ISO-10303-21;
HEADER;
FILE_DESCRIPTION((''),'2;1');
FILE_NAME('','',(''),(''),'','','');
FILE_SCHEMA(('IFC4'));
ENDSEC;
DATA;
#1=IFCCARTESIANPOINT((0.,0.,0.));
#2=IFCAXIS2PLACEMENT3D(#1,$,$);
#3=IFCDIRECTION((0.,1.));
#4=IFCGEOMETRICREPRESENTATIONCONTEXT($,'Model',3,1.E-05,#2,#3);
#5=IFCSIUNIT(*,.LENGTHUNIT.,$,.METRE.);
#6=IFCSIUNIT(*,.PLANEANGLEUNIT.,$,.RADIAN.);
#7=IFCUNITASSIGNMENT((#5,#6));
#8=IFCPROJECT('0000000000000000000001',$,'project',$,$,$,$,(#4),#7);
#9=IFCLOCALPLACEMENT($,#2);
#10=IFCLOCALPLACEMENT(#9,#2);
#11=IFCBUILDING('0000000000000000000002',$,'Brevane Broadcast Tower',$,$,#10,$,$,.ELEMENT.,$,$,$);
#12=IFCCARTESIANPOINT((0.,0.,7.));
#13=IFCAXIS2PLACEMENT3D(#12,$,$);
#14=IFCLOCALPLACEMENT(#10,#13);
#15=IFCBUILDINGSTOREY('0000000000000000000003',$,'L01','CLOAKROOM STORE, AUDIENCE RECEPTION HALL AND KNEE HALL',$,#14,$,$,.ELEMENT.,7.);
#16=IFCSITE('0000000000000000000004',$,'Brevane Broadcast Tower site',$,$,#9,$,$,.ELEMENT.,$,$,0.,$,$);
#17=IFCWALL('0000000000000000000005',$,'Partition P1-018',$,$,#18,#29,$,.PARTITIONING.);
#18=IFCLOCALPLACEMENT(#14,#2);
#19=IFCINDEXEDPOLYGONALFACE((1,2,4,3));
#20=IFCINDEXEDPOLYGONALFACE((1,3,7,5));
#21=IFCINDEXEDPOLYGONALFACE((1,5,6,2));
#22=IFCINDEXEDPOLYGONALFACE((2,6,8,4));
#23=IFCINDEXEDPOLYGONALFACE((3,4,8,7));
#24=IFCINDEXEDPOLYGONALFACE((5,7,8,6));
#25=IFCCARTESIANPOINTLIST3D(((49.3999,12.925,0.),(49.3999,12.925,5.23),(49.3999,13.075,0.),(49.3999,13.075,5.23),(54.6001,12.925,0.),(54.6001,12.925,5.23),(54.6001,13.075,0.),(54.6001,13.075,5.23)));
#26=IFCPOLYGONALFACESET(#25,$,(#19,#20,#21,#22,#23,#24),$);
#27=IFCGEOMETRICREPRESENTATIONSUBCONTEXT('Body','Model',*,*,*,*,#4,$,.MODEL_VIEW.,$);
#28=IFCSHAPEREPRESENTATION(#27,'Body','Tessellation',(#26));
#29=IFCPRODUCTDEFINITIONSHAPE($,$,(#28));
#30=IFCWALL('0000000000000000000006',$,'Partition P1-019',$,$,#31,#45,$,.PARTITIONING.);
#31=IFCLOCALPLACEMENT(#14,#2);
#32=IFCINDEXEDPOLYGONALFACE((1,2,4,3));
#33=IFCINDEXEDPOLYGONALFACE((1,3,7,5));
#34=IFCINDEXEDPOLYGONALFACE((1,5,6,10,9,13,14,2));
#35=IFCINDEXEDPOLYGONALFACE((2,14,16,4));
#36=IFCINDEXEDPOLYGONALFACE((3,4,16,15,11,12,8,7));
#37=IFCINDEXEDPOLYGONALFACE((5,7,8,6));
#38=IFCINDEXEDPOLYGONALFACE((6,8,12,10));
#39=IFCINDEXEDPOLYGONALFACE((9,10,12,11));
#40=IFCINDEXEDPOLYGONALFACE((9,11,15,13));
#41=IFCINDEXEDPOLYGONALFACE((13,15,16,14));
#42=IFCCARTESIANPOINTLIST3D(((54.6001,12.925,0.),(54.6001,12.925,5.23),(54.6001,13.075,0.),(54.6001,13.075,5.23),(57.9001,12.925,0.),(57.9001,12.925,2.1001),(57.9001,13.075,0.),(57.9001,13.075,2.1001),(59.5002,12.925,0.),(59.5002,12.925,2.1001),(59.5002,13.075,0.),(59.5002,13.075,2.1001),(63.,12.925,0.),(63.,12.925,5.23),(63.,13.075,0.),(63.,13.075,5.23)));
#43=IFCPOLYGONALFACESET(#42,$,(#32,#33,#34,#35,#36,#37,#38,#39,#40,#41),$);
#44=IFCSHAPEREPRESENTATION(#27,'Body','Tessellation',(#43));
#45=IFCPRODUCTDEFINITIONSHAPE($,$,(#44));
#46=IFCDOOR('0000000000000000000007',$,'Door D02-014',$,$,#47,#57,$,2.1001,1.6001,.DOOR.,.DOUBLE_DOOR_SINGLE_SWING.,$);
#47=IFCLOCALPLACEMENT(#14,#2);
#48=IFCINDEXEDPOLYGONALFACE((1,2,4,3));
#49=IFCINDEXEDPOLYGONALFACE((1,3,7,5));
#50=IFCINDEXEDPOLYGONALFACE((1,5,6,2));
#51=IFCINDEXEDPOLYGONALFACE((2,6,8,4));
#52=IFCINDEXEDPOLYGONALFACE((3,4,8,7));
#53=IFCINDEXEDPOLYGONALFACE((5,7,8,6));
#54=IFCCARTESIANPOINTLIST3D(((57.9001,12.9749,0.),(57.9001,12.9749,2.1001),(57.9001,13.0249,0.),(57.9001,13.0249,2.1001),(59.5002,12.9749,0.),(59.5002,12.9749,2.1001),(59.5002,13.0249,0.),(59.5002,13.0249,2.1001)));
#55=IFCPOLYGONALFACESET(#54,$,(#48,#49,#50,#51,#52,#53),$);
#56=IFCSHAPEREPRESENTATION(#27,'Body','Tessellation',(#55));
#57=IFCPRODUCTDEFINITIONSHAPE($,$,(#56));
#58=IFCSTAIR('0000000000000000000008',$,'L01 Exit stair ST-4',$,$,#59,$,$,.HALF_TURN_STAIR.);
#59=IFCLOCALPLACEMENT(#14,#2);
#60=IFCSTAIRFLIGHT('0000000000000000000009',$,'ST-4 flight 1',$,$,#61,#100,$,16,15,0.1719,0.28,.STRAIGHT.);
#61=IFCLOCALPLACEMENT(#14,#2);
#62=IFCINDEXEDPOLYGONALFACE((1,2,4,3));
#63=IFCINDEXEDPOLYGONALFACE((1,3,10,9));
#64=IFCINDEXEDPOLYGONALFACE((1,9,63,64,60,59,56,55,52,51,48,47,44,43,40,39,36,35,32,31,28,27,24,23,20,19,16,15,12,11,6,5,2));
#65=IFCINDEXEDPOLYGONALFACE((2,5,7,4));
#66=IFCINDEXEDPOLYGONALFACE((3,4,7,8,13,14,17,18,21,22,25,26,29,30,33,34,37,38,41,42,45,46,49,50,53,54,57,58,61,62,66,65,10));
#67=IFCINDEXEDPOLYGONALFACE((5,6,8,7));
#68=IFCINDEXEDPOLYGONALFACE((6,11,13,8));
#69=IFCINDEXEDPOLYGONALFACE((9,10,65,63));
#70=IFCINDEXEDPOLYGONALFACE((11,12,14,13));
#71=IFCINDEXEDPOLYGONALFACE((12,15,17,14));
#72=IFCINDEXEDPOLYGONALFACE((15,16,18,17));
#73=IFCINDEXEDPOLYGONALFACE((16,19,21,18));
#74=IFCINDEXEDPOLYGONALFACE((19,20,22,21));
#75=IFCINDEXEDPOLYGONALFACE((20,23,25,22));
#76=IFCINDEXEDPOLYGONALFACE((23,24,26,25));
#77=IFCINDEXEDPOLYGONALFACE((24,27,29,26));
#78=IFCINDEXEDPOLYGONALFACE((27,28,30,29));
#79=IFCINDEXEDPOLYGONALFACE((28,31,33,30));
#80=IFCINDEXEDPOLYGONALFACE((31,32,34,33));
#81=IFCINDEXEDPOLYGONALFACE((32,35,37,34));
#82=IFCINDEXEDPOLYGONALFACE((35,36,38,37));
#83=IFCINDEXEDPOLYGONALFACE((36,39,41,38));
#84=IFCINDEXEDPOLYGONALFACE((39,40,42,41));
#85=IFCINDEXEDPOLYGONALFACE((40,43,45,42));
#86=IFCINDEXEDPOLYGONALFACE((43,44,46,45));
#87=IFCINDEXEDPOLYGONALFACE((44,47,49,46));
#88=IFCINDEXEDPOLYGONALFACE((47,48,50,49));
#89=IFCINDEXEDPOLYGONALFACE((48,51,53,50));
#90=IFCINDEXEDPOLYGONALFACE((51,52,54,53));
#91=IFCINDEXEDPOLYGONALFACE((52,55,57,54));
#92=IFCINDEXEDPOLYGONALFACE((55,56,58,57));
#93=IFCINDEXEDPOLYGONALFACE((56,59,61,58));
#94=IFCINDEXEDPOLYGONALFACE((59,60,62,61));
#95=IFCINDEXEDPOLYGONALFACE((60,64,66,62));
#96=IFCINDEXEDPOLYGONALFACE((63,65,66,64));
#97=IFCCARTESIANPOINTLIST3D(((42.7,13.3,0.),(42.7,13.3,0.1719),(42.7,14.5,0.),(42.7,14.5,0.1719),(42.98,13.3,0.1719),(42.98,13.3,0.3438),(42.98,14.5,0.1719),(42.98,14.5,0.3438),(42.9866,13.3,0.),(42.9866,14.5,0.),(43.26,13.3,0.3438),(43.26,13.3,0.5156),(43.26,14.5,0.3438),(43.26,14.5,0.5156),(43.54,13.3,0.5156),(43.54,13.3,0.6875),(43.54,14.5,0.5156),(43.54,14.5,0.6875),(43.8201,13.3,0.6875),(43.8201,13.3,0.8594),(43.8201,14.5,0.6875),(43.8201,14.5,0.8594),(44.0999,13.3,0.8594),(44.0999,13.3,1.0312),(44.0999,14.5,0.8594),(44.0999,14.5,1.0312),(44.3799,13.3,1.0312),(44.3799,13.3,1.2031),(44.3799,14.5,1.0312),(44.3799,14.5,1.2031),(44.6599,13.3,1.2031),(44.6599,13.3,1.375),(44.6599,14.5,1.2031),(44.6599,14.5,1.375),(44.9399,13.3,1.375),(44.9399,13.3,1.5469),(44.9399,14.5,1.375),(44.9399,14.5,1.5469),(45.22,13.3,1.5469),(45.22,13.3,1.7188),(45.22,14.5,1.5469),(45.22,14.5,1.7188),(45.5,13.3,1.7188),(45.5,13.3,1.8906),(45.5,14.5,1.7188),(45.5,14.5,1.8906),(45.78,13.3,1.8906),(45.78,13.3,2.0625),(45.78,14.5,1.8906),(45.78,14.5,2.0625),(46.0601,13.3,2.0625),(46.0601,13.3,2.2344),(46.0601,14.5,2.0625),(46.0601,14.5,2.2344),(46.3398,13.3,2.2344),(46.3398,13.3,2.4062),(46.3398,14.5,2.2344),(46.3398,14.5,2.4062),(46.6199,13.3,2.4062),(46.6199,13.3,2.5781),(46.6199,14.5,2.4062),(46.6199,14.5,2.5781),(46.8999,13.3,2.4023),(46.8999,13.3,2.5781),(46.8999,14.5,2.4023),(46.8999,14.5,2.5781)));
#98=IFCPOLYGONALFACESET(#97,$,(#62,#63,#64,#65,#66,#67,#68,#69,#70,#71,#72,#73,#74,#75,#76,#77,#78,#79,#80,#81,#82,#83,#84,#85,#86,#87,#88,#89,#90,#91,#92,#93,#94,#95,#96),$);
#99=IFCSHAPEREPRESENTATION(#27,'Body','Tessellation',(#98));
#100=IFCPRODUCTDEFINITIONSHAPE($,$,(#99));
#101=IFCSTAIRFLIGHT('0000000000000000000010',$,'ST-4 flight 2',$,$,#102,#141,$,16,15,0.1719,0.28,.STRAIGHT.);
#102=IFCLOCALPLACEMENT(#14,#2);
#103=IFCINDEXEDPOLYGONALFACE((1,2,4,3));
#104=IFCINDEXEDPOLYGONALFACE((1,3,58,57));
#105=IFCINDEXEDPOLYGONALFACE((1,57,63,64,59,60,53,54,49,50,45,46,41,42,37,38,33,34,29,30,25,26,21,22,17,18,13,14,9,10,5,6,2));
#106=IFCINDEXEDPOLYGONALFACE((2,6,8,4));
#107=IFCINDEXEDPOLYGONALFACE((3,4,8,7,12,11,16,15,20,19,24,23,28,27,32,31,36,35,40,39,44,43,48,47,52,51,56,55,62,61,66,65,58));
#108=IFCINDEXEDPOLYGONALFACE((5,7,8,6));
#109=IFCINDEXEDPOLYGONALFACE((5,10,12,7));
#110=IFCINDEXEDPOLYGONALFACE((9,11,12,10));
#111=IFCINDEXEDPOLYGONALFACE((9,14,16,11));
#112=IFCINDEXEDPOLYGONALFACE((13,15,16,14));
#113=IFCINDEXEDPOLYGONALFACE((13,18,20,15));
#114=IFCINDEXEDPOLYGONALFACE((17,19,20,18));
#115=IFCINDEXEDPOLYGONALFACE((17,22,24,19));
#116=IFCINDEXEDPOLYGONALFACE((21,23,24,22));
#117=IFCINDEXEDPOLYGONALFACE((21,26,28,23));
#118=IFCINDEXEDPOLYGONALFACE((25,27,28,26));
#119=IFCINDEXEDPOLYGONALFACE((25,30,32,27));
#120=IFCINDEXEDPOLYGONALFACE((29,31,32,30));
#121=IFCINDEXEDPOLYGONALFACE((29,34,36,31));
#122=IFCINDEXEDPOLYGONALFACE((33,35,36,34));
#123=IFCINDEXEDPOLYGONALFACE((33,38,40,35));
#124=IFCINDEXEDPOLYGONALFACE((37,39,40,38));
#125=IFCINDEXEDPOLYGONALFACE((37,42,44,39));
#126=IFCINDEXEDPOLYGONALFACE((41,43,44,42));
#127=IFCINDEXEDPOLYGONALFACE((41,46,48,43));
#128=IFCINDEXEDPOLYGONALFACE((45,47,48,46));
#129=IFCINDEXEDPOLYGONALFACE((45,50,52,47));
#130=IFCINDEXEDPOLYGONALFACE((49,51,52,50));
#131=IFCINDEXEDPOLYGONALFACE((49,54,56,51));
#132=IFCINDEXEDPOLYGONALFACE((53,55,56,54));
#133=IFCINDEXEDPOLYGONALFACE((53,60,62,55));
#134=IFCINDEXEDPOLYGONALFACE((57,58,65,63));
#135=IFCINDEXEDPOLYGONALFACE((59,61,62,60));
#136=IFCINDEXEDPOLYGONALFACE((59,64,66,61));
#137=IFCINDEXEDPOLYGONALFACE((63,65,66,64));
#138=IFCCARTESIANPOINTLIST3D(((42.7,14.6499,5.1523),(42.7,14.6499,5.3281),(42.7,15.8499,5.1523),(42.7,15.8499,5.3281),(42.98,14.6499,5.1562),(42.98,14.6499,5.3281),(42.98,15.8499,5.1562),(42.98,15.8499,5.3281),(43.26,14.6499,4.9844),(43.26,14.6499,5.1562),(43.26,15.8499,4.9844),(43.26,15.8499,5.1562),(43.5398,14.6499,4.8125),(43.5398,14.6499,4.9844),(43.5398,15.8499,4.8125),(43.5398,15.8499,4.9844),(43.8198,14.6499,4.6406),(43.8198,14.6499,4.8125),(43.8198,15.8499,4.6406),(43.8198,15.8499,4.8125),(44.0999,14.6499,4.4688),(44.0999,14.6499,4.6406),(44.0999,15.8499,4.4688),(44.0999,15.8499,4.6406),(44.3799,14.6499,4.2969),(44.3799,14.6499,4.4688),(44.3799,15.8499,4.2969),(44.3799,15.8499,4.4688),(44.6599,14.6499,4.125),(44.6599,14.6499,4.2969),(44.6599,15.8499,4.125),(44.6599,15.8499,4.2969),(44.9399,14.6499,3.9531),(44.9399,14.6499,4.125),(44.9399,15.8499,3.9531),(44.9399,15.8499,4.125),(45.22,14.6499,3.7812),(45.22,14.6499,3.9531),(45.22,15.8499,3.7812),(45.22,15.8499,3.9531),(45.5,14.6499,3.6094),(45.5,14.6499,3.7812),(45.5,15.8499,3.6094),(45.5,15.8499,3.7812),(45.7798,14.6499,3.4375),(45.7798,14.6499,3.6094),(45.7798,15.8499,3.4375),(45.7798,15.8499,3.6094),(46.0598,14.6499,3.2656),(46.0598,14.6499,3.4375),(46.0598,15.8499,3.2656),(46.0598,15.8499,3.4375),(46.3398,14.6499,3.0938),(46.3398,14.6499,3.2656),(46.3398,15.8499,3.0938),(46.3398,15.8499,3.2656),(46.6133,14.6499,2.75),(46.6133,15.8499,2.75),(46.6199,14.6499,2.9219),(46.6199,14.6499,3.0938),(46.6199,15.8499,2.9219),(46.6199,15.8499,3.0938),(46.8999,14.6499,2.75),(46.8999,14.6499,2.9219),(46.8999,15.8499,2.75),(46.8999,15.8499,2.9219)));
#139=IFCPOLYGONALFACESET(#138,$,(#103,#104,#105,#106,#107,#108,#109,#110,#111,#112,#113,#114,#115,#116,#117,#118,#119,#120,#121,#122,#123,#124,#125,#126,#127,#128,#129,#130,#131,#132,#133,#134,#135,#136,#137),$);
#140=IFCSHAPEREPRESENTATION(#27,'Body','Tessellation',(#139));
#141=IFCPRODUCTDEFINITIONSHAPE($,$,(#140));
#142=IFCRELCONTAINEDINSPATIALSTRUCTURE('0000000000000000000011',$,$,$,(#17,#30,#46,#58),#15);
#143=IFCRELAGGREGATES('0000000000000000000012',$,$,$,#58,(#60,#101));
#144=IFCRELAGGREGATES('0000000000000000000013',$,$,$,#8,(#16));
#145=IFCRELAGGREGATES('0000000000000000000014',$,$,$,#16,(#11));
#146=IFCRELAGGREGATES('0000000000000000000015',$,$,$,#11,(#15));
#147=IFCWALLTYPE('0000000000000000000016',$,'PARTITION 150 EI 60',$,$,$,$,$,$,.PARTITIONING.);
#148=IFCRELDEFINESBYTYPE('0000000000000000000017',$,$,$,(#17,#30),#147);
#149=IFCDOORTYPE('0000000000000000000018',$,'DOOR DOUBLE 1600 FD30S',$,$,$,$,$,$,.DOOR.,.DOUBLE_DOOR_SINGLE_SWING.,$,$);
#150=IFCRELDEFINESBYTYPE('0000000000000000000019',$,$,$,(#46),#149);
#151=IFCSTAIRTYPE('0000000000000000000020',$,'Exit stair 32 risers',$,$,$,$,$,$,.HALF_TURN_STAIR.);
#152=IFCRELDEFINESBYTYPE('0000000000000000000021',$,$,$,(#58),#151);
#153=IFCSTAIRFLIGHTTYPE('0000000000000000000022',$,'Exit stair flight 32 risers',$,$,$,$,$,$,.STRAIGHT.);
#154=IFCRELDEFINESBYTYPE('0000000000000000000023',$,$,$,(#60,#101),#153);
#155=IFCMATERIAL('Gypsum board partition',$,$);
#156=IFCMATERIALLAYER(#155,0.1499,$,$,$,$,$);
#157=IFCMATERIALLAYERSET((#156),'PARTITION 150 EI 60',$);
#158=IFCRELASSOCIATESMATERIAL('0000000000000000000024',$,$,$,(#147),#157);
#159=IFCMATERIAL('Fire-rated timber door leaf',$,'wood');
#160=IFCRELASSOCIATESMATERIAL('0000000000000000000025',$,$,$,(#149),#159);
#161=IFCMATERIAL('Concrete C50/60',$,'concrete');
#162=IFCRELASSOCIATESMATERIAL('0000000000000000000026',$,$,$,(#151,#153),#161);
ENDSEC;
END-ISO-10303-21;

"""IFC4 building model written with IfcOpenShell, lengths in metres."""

from ifc_helpers import new_model, si_unit, direction, frame, frame_2d, origin, place, context, subcontext, project, spatial, polyline, rectangle, outline, extrude, material, layer, layer_set, type_object, element, fill, aggregate, save


model = new_model("IFC4")

# Units and contexts
model_context = context("Model", 3, precision=1e-05, world=origin(), true_north=direction((0.0, 1.0)))
body_context = subcontext(model_context, "Body", "Model", "MODEL_VIEW")
ifc_project = project(units=[si_unit("LENGTHUNIT", "METRE"), si_unit("PLANEANGLEUNIT", "RADIAN")], contexts=[model_context])

# Site, building, storey
site_placement = place(None, origin())
site = spatial("IfcSite", under=ifc_project, at=site_placement, Name="Brevane Broadcast Tower site", CompositionType="ELEMENT", RefElevation=0.0)
building_placement = place(site_placement, origin())
building = spatial("IfcBuilding", under=site, at=building_placement, Name="Brevane Broadcast Tower", CompositionType="ELEMENT")
storey_placement = place(building_placement, frame((0.0, 0.0, 7.0)))
storey = spatial("IfcBuildingStorey", under=building, at=storey_placement, Name="L01", Description="CLOAKROOM STORE, AUDIENCE RECEPTION HALL AND KNEE HALL", CompositionType="ELEMENT", Elevation=7.0)

# Shared definitions
ifc_material_1 = material(Name="Gypsum board partition")

# Shared definitions
ifc_layer_1 = layer(ifc_material_1, 0.1499)
ifc_layer_set_1 = layer_set([ifc_layer_1], Name="PARTITION 150 EI 60")
wall_type_1 = type_object("IfcWallType", Name="PARTITION 150 EI 60", PredefinedType="PARTITIONING", material=ifc_layer_set_1)
ifc_material_2 = material(Name="Fire-rated timber door leaf", Category="wood")

# Wall
wall_1_placement = place(storey_placement, frame((49.3999, 13.0, 0.0), z_axis=(0.0, 0.0, 1.0), x_axis=(1.0, 0.0, 0.0)))
element("IfcWall", 1, at=wall_1_placement, inside=storey, type_object=wall_type_1, Name="Partition P1-018", PredefinedType="PARTITIONING", context=body_context, shape_type="SweptSolid", body=[
    extrude(rectangle(XDim=5.2002, YDim=0.1499, at=frame_2d((2.6001, 0.0))), origin(), (0.0, 0.0, 1.0), 5.23),
])

# Wall, opening, door
wall_2_placement = place(storey_placement, frame((54.6001, 13.0, 0.0), z_axis=(0.0, 0.0, 1.0), x_axis=(1.0, 0.0, 0.0)))
wall_2 = element("IfcWall", 2, at=wall_2_placement, inside=storey, type_object=wall_type_1, Name="Partition P1-019", PredefinedType="PARTITIONING", context=body_context, shape_type="SweptSolid", body=[
    extrude(rectangle(XDim=8.3999, YDim=0.1499, at=frame_2d((4.2, 0.0))), origin(), (0.0, 0.0, 1.0), 5.23),
])
opening_1_placement = place(wall_2_placement, frame((3.3, 0.0, 0.0)))
opening_1 = element("IfcOpeningElement", 3, at=opening_1_placement, cuts=wall_2, PredefinedType="OPENING", context=body_context, shape_type="SweptSolid", body=[
    extrude(rectangle(XDim=1.6001, YDim=2.1001, at=frame_2d((0.8, 1.05))), frame((0.0, 0.085, 0.0), z_axis=(0.0, -1.0, 0.0), x_axis=(1.0, 0.0, 0.0)), (0.0, 0.0, 1.0), 0.1699),
])
door_type_1 = type_object("IfcDoorType", Name="DOOR DOUBLE 1600 FD30S", OperationType="DOUBLE_DOOR_SINGLE_SWING", PredefinedType="DOOR", material=ifc_material_2)
door_1_placement = place(opening_1_placement, origin())
door_1 = element("IfcDoor", 4, at=door_1_placement, inside=storey, type_object=door_type_1, Name="Door D02-014", OperationType="DOUBLE_DOOR_SINGLE_SWING", OverallHeight=2.1001, OverallWidth=1.6001, PredefinedType="DOOR", context=body_context, shape_type="SweptSolid", body=[
    extrude(rectangle(XDim=1.6001, YDim=2.1001, at=frame_2d((0.8, 1.05))), frame((0.0, 0.0249, 0.0), z_axis=(0.0, -1.0, 0.0), x_axis=(1.0, 0.0, 0.0)), (0.0, 0.0, 1.0), 0.05),
])
fill(opening_1, door_1)

# Stair, stair flights
ifc_material_3 = material(Name="Concrete C50/60", Category="concrete")
stair_type = type_object("IfcStairType", Name="Exit stair 32 risers", PredefinedType="HALF_TURN_STAIR", material=ifc_material_3)
stair_placement = place(storey_placement, origin())
stair = element("IfcStair", 5, at=stair_placement, inside=storey, type_object=stair_type, Name="L01 Exit stair ST-4", PredefinedType="HALF_TURN_STAIR")
stair_flight_type = type_object("IfcStairFlightType", Name="Exit stair flight 32 risers", PredefinedType="STRAIGHT", material=ifc_material_3)
stair_flight_1_placement = place(storey_placement, frame((42.7, 13.8999, 0.0), z_axis=(0.0, 0.0, 1.0), x_axis=(1.0, 0.0, 0.0)))
stair_flight_1 = element("IfcStairFlight", 6, at=stair_flight_1_placement, type_object=stair_flight_type, Name="ST-4 flight 1", NumberOfRisers=16, NumberOfTreads=15, PredefinedType="STRAIGHT", RiserHeight=0.1719, TreadLength=0.28, context=body_context, shape_type="SweptSolid", body=[
    extrude(outline(polyline([(0.0, 0.0), (0.0, 0.1719), (0.28, 0.1719), (0.28, 0.3438), (0.5601, 0.3438), (0.5601, 0.5156), (0.8401, 0.5156), (0.8401, 0.6875), (1.1201, 0.6875), (1.1201, 0.8594), (1.3999, 0.8594), (1.3999, 1.0312), (1.6799, 1.0312), (1.6799, 1.2031), (1.96, 1.2031), (1.96, 1.375), (2.24, 1.375), (2.24, 1.5469), (2.52, 1.5469), (2.52, 1.7188), (2.8, 1.7188), (2.8, 1.8906), (3.0801, 1.8906), (3.0801, 2.0625), (3.3601, 2.0625), (3.3601, 2.2344), (3.6399, 2.2344), (3.6399, 2.4062), (3.9199, 2.4062), (3.9199, 2.5781), (4.2, 2.5781), (4.2, 2.75), (4.2, 2.4023), (0.2866, 0.0), (0.0, 0.0)])), frame((0.0, 0.6001, 0.0), z_axis=(0.0, -1.0, 0.0), x_axis=(1.0, 0.0, 0.0)), (0.0, 0.0, 1.0), 1.2),
])
stair_flight_2_placement = place(storey_placement, frame((46.8999, 15.25, 2.75), z_axis=(0.0, 0.0, 1.0), x_axis=(-1.0, 0.0, 0.0)))
stair_flight_2 = element("IfcStairFlight", 7, at=stair_flight_2_placement, type_object=stair_flight_type, Name="ST-4 flight 2", NumberOfRisers=16, NumberOfTreads=15, PredefinedType="STRAIGHT", RiserHeight=0.1719, TreadLength=0.28, context=body_context, shape_type="SweptSolid", body=[
    extrude(outline(polyline([(0.0, 0.0), (0.0, 0.1719), (0.28, 0.1719), (0.28, 0.3438), (0.5601, 0.3438), (0.5601, 0.5156), (0.8401, 0.5156), (0.8401, 0.6875), (1.1201, 0.6875), (1.1201, 0.8594), (1.3999, 0.8594), (1.3999, 1.0312), (1.6799, 1.0312), (1.6799, 1.2031), (1.96, 1.2031), (1.96, 1.375), (2.24, 1.375), (2.24, 1.5469), (2.52, 1.5469), (2.52, 1.7188), (2.8, 1.7188), (2.8, 1.8906), (3.0801, 1.8906), (3.0801, 2.0625), (3.3601, 2.0625), (3.3601, 2.2344), (3.6399, 2.2344), (3.6399, 2.4062), (3.9199, 2.4062), (3.9199, 2.5781), (4.2, 2.5781), (4.2, 2.75), (4.2, 2.4023), (0.2866, 0.0), (0.0, 0.0)])), frame((0.0, 0.6001, 0.0), z_axis=(0.0, -1.0, 0.0), x_axis=(1.0, 0.0, 0.0)), (0.0, 0.0, 1.0), 1.2),
])
aggregate(stair, [stair_flight_1, stair_flight_2])

save(model, "model.ifc")
